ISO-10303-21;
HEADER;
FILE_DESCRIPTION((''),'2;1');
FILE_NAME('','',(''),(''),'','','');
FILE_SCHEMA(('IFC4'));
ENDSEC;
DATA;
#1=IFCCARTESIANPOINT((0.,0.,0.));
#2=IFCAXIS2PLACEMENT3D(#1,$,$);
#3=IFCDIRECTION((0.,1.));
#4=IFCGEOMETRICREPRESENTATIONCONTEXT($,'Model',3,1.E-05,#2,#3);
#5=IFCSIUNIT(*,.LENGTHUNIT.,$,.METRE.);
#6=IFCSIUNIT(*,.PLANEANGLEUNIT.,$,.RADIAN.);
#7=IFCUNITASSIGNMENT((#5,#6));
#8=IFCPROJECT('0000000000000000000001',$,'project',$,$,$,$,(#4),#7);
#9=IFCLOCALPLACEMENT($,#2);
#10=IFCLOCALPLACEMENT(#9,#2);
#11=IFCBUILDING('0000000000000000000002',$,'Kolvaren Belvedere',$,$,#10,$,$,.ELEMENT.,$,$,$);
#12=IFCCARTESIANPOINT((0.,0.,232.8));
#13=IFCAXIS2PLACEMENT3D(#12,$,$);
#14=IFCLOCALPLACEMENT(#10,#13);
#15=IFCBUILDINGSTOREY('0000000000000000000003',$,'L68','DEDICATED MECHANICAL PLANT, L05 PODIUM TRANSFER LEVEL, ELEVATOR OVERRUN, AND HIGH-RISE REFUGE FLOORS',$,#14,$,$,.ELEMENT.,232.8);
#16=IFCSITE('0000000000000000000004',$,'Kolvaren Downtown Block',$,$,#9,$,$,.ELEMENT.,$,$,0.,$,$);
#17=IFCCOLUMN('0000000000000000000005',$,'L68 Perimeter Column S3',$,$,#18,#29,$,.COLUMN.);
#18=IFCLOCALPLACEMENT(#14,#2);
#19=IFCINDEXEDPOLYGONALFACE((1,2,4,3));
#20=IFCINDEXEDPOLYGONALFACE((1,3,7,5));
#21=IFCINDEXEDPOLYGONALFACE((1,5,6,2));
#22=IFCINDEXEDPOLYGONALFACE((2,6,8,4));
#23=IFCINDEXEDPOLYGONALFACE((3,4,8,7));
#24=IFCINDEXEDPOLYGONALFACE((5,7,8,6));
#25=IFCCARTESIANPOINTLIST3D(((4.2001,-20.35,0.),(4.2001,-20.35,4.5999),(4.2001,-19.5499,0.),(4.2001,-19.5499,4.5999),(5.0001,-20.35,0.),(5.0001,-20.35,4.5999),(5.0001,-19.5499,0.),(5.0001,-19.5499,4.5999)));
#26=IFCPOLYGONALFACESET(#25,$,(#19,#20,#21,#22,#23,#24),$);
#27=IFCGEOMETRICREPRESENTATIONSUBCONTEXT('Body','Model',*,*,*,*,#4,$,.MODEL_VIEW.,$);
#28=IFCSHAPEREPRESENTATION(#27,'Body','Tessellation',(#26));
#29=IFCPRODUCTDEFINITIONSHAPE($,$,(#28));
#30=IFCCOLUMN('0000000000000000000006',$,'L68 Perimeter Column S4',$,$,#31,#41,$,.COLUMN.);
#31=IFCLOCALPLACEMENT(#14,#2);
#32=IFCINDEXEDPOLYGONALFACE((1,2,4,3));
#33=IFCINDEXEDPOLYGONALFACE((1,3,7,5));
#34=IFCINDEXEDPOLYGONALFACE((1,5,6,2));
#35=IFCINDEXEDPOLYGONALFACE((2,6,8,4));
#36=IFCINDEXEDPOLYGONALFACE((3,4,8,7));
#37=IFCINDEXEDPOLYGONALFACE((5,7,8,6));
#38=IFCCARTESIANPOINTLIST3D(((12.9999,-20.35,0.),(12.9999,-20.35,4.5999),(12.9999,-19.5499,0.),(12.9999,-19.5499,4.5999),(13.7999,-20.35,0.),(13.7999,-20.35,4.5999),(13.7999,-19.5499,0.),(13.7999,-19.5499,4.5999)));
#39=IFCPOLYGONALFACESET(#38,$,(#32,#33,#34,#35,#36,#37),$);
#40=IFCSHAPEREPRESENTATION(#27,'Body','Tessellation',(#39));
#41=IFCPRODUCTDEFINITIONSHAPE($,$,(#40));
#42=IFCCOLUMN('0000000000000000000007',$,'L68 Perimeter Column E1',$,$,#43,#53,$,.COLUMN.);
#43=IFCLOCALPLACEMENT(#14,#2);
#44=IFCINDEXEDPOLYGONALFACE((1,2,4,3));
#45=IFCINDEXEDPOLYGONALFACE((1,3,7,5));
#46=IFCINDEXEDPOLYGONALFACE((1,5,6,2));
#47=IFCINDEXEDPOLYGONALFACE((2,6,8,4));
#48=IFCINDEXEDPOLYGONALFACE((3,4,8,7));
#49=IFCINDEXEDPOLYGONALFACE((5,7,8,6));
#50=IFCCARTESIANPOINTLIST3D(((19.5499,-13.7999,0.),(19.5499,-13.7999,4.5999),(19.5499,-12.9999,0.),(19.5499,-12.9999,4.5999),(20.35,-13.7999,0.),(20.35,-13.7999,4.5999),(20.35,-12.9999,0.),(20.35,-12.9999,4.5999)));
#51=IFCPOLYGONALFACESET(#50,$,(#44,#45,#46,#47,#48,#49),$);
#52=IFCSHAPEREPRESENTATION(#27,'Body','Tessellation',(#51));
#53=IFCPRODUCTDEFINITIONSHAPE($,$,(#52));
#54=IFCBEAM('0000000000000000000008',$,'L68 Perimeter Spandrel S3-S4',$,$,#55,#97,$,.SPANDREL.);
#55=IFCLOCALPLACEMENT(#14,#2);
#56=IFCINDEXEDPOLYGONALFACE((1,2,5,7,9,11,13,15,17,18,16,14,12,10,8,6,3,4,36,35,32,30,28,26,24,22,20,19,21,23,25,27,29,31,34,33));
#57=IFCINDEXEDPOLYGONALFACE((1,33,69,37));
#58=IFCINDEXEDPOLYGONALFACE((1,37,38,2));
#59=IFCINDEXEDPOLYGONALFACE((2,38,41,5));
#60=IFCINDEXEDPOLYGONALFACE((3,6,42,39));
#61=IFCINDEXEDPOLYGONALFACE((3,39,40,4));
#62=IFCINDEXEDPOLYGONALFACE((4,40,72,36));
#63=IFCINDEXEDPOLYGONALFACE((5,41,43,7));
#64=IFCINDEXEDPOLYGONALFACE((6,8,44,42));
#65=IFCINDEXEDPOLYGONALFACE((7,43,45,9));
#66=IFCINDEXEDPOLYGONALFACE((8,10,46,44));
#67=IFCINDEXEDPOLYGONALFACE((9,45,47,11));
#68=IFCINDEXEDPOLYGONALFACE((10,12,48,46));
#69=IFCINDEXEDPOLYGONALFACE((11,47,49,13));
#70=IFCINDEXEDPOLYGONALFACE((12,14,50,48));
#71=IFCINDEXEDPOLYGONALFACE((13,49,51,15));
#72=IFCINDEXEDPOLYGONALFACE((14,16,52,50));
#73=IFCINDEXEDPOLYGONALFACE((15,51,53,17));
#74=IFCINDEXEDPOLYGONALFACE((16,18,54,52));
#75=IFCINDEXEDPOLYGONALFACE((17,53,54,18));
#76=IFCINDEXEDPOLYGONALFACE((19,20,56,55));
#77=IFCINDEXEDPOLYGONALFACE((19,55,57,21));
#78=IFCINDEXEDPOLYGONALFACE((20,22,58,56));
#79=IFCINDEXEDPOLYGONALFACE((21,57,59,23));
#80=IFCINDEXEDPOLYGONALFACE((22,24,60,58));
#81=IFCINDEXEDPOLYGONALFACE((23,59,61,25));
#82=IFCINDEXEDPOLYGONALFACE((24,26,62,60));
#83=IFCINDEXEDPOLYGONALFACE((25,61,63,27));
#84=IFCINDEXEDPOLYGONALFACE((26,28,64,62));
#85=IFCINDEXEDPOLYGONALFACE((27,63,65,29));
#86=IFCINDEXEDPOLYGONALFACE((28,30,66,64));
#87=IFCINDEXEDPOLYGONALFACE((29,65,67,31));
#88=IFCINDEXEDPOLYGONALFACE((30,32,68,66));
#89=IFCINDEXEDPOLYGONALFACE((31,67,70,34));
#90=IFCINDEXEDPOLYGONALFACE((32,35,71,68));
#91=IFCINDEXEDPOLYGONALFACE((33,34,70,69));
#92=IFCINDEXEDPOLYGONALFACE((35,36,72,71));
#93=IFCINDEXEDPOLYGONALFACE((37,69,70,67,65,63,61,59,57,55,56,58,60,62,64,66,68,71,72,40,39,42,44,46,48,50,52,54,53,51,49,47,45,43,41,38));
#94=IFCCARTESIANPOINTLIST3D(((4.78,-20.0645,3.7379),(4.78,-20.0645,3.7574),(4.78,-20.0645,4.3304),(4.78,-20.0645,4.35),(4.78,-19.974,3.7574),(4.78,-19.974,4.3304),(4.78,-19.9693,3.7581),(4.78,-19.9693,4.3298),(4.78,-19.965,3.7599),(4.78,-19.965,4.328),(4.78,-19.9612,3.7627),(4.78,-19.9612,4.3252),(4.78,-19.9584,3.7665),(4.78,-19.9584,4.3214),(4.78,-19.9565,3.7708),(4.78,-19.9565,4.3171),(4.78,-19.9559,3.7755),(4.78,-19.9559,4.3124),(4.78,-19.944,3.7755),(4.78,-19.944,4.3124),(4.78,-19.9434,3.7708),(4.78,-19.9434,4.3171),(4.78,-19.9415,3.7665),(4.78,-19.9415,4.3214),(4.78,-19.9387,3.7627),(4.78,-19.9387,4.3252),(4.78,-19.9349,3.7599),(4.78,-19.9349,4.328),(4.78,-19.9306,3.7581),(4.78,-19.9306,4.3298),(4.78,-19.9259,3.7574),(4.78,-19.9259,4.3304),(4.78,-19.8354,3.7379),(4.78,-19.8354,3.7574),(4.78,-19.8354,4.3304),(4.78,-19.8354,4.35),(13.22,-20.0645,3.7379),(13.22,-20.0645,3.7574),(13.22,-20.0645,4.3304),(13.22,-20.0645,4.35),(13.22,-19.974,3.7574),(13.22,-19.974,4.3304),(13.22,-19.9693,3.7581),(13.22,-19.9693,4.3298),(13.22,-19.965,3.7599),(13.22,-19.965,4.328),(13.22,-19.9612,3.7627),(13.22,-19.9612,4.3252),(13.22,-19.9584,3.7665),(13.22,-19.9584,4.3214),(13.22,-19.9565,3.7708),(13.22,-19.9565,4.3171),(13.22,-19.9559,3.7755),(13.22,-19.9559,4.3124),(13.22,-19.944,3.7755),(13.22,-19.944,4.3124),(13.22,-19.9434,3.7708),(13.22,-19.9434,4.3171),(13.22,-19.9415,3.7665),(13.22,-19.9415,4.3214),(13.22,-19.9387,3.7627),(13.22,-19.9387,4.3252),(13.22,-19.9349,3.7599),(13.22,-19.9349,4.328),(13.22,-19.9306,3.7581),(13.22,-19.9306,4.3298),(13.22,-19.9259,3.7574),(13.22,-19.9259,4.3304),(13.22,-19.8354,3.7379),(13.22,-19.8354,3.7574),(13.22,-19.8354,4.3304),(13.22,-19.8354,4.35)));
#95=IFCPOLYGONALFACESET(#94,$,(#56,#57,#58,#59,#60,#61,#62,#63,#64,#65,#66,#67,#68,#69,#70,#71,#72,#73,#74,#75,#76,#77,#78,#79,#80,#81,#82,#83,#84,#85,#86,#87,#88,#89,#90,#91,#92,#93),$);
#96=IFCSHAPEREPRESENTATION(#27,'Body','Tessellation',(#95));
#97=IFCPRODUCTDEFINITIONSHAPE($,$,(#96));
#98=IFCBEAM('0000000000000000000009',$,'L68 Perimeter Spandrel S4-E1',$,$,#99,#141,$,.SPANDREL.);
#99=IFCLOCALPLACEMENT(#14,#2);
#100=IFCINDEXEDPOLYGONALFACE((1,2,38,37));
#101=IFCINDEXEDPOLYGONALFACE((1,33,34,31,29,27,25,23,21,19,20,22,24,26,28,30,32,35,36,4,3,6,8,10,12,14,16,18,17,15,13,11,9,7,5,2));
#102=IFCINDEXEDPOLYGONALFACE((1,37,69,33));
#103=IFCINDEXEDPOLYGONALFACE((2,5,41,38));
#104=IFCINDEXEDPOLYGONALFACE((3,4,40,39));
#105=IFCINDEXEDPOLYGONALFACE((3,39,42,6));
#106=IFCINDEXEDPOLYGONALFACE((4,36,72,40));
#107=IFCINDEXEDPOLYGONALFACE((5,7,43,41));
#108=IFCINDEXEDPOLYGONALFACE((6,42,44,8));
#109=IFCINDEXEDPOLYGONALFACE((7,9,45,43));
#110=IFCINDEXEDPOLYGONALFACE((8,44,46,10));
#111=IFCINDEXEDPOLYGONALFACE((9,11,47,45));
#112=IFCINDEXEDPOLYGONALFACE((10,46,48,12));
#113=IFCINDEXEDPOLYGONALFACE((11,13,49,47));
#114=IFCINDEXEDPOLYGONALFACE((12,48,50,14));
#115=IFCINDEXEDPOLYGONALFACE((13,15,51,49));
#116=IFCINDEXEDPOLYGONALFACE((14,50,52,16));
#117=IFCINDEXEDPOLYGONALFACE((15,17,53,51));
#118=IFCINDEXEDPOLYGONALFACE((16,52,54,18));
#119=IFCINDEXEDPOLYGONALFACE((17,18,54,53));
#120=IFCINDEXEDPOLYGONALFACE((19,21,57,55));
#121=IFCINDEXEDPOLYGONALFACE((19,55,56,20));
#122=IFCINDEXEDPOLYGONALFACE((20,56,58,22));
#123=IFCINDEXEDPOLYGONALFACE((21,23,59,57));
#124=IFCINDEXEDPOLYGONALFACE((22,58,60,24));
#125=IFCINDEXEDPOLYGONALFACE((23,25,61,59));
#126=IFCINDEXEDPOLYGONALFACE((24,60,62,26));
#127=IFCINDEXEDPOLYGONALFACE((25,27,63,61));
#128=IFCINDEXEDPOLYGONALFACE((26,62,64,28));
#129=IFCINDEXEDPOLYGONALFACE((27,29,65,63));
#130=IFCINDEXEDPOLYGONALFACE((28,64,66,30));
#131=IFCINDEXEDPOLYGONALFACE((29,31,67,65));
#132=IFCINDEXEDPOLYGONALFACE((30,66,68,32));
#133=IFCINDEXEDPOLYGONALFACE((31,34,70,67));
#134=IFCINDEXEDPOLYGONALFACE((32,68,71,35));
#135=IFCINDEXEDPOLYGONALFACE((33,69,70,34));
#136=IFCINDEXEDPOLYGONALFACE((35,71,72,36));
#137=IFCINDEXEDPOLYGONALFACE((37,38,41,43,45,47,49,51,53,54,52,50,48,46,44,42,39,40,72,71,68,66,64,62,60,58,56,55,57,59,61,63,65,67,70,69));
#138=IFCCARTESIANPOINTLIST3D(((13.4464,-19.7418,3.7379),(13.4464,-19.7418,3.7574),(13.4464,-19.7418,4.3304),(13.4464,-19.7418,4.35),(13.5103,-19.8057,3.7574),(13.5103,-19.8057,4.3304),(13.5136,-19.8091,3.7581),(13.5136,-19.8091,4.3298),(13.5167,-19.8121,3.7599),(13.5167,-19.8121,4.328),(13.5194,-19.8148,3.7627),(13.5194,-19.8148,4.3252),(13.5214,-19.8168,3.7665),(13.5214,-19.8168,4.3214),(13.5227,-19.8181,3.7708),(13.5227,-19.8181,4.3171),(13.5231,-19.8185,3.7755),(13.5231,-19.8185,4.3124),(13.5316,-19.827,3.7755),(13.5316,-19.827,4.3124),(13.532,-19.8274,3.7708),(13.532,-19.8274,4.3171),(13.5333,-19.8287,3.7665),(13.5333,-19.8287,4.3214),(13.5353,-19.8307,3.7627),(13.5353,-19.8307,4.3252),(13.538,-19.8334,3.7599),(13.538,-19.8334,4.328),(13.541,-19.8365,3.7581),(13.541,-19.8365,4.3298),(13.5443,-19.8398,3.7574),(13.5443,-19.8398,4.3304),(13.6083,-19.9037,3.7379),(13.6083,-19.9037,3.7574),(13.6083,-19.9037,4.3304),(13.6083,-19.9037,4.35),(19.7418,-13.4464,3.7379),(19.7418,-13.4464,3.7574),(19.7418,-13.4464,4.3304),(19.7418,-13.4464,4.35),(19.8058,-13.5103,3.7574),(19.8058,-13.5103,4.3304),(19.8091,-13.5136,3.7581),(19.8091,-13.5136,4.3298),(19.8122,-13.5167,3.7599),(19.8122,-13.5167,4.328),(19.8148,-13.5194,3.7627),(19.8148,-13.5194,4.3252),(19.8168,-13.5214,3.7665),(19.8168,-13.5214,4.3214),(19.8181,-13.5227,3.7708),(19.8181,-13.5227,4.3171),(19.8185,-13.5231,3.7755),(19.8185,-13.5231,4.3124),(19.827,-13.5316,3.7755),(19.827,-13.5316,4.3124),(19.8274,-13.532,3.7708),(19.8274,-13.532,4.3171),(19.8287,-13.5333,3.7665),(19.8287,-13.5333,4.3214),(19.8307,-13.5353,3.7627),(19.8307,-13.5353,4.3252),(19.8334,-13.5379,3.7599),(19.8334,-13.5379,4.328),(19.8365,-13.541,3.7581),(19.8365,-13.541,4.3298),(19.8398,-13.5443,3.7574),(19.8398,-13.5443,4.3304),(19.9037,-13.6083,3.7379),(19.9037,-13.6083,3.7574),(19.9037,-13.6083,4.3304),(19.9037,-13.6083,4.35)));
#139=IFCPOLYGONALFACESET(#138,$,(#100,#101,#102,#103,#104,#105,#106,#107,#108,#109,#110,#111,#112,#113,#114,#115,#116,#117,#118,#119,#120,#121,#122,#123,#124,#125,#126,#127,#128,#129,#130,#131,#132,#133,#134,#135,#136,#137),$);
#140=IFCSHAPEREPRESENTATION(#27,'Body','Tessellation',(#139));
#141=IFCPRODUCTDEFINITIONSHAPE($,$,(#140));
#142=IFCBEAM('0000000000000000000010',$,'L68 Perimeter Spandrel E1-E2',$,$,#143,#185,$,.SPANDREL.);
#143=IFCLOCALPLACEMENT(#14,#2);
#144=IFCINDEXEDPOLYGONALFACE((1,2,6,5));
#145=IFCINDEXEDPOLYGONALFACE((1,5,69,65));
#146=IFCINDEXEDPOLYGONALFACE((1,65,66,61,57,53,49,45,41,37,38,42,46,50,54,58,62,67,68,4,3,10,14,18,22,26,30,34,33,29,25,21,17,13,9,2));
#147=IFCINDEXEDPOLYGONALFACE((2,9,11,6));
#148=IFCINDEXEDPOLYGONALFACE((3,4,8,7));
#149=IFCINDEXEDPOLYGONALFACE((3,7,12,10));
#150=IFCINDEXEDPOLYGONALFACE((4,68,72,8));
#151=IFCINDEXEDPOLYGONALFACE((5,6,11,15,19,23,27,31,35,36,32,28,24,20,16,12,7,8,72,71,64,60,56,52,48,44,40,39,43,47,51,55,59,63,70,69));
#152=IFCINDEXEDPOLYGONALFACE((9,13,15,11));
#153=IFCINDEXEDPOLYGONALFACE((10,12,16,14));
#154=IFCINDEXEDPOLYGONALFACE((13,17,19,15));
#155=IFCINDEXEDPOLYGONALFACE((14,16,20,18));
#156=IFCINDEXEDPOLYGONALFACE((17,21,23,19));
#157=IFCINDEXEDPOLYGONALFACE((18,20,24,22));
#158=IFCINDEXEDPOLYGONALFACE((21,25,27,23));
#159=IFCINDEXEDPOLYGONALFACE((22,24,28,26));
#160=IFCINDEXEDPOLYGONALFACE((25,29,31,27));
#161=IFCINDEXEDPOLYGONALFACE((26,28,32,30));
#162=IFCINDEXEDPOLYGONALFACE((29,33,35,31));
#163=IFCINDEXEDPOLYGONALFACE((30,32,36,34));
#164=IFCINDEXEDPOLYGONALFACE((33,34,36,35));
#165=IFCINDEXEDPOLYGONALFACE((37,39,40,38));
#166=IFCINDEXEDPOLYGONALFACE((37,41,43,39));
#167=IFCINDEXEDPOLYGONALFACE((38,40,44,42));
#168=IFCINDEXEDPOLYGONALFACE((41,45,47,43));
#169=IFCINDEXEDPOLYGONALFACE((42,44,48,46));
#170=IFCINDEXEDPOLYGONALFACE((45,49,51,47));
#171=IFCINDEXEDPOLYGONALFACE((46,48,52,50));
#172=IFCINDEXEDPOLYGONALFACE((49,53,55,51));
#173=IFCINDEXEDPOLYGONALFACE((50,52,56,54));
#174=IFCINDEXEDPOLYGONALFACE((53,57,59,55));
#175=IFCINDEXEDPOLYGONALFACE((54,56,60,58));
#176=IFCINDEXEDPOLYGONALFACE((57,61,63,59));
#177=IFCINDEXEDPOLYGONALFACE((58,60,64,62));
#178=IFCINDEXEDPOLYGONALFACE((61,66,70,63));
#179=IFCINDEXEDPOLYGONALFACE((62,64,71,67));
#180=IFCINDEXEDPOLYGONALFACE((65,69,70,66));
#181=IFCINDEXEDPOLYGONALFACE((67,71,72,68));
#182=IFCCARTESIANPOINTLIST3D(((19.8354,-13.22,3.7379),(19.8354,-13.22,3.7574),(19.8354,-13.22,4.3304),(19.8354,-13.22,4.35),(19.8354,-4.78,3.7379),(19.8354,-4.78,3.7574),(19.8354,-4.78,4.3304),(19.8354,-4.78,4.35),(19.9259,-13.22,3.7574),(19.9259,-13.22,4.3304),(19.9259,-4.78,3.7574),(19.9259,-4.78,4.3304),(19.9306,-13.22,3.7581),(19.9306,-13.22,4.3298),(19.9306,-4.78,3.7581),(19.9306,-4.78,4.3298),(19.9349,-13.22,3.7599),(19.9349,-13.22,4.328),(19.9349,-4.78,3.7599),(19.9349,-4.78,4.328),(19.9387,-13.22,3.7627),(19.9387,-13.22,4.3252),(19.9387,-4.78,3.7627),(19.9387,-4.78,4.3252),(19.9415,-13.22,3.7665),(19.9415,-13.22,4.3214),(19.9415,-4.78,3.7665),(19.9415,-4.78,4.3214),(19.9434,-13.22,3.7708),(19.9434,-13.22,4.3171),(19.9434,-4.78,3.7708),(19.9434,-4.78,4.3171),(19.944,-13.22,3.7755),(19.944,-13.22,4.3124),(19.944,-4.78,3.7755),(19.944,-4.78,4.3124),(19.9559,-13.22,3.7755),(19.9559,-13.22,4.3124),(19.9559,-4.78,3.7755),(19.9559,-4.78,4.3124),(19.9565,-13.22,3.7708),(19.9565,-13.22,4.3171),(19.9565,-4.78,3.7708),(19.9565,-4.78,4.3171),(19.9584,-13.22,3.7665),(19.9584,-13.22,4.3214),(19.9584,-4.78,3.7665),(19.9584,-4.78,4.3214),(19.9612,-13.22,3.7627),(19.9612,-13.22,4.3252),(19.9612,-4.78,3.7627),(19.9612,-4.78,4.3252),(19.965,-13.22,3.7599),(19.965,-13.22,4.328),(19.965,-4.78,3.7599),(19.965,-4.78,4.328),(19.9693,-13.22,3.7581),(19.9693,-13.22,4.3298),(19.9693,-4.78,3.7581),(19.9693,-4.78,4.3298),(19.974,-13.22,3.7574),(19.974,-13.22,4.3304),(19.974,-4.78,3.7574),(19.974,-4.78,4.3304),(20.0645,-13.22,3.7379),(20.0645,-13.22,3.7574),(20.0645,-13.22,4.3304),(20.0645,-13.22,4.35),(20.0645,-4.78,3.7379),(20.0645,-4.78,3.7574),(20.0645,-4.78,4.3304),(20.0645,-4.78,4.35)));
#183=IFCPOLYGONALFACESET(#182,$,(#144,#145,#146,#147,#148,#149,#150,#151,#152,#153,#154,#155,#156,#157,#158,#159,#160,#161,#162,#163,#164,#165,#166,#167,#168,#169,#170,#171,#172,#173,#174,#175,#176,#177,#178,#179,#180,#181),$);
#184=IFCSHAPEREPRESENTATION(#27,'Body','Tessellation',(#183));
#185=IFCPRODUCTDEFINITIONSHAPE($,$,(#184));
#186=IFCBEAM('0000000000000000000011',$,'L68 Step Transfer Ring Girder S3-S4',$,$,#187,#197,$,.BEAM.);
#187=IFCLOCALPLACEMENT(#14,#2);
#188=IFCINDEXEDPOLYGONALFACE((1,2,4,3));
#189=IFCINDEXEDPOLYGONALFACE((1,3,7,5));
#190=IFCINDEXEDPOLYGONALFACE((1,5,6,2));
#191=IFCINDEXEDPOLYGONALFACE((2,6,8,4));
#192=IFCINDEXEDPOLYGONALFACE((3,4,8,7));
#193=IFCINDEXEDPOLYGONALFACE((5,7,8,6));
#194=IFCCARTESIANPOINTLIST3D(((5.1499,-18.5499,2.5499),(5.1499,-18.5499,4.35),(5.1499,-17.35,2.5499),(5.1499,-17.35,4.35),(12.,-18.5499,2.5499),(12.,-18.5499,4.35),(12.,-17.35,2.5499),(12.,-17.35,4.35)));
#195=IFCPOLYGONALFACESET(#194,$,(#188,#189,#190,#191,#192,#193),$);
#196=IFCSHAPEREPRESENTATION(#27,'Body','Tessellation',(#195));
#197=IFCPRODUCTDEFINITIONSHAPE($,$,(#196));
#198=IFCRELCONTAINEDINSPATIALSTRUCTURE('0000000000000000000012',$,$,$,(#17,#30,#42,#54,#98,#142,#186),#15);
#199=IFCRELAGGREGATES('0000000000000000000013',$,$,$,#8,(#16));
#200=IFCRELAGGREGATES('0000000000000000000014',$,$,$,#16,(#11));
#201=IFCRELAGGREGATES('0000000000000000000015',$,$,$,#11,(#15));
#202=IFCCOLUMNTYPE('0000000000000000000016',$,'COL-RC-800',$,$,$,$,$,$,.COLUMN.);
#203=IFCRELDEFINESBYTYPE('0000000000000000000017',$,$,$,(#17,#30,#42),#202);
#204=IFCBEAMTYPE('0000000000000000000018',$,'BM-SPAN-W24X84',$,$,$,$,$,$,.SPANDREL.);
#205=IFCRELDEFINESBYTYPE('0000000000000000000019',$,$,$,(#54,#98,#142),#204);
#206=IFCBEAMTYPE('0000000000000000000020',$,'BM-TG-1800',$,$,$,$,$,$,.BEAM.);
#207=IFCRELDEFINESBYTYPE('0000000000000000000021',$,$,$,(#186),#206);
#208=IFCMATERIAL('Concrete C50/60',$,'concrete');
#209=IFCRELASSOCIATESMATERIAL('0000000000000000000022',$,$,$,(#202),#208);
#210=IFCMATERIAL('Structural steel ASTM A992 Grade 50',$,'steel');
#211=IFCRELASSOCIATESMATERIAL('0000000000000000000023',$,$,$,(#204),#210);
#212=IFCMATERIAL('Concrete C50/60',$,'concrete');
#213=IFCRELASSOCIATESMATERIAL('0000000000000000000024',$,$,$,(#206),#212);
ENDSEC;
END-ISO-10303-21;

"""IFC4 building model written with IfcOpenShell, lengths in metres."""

from ifc_helpers import new_model, si_unit, direction, frame, origin, origin_2d, place, context, subcontext, project, spatial, rectangle, i_section, extrude, material, material_profile, profile_set, type_object, element, save


model = new_model("IFC4")

# Units and contexts
model_context = context("Model", 3, precision=1e-05, world=origin(), true_north=direction((0.0, 1.0)))
body_context = subcontext(model_context, "Body", "Model", "MODEL_VIEW")
ifc_project = project(units=[si_unit("LENGTHUNIT", "METRE"), si_unit("PLANEANGLEUNIT", "RADIAN")], contexts=[model_context])

# Site, building, storey
site_placement = place(None, origin())
site = spatial("IfcSite", under=ifc_project, at=site_placement, Name="Kolvaren Downtown Block", CompositionType="ELEMENT", RefElevation=0.0)
building_placement = place(site_placement, origin())
building = spatial("IfcBuilding", under=site, at=building_placement, Name="Kolvaren Belvedere", CompositionType="ELEMENT")
storey_placement = place(building_placement, frame((0.0, 0.0, 232.8)))
storey = spatial("IfcBuildingStorey", under=building, at=storey_placement, Name="L68", Description="DEDICATED MECHANICAL PLANT, L05 PODIUM TRANSFER LEVEL, ELEVATOR OVERRUN, AND HIGH-RISE REFUGE FLOORS", CompositionType="ELEMENT", Elevation=232.8)

# Columns
ifc_material_1 = material(Name="Concrete C50/60", Category="concrete")
ifc_material_profile_1 = material_profile(ifc_material_1, rectangle(XDim=0.8, YDim=0.8, at=origin_2d()), Name="RC 800X800")
ifc_profile_set_1 = profile_set([ifc_material_profile_1], Name="Concrete C50/60")
column_type = type_object("IfcColumnType", Name="COL-RC-800", PredefinedType="COLUMN", material=ifc_profile_set_1)
for number, where, z_axis, x_axis, name in (
    (1, (4.6001, -19.95, 0.0), (0.0, 0.0, 1.0), (1.0, 0.0, 0.0), "L68 Perimeter Column S3"),
    (2, (13.3999, -19.95, 0.0), (0.0, 0.0, 1.0), (1.0, 0.0, 0.0), "L68 Perimeter Column S4"),
    (3, (19.95, -13.3999, 0.0), (0.0, 0.0, 1.0), (1.0, 0.0, 0.0), "L68 Perimeter Column E1"),
):
    element("IfcColumn", number, at=place(storey_placement, frame(where, z_axis=z_axis, x_axis=x_axis)), inside=storey, type_object=column_type, Name=name, PredefinedType="COLUMN", context=body_context, shape_type="SweptSolid", body=[
        extrude(rectangle(XDim=0.8, YDim=0.8, at=origin_2d()), origin(), (0.0, 0.0, 1.0), 4.5999),
    ])

# Beams
ifc_material_2 = material(Name="Structural steel ASTM A992 Grade 50", Category="steel")
ifc_material_profile_2 = material_profile(ifc_material_2, i_section(OverallWidth=0.229, OverallDepth=0.6121, WebThickness=0.012, FlangeThickness=0.0195, FilletRadius=0.0181, at=origin_2d()), Name="W24X84")
ifc_profile_set_2 = profile_set([ifc_material_profile_2], Name="Structural steel ASTM A992 Grade 50")
beam_type_1 = type_object("IfcBeamType", Name="BM-SPAN-W24X84", PredefinedType="SPANDREL", material=ifc_profile_set_2)
beam_1_placement = place(storey_placement, frame((4.78, -19.95, 4.0439), z_axis=(1.0, 0.0, 0.0), x_axis=(0.0, 1.0, 0.0)))
element("IfcBeam", 4, at=beam_1_placement, inside=storey, type_object=beam_type_1, Name="L68 Perimeter Spandrel S3-S4", PredefinedType="SPANDREL", context=body_context, shape_type="SweptSolid", body=[
    extrude(i_section(OverallWidth=0.229, OverallDepth=0.6121, WebThickness=0.012, FlangeThickness=0.0195, FilletRadius=0.0181, at=origin_2d()), origin(), (0.0, 0.0, 1.0), 8.4399),
])
beam_2_placement = place(storey_placement, frame((13.5273, -19.8228, 4.0439), z_axis=(0.707107, 0.707107, 0.0), x_axis=(-0.707107, 0.707107, 0.0)))
element("IfcBeam", 5, at=beam_2_placement, inside=storey, type_object=beam_type_1, Name="L68 Perimeter Spandrel S4-E1", PredefinedType="SPANDREL", context=body_context, shape_type="SweptSolid", body=[
    extrude(i_section(OverallWidth=0.229, OverallDepth=0.6121, WebThickness=0.012, FlangeThickness=0.0195, FilletRadius=0.0181, at=origin_2d()), origin(), (0.0, 0.0, 1.0), 8.9031),
])
beam_3_placement = place(storey_placement, frame((19.95, -13.22, 4.0439), z_axis=(0.0, 1.0, 0.0), x_axis=(-1.0, 0.0, 0.0)))
element("IfcBeam", 6, at=beam_3_placement, inside=storey, type_object=beam_type_1, Name="L68 Perimeter Spandrel E1-E2", PredefinedType="SPANDREL", context=body_context, shape_type="SweptSolid", body=[
    extrude(i_section(OverallWidth=0.229, OverallDepth=0.6121, WebThickness=0.012, FlangeThickness=0.0195, FilletRadius=0.0181, at=origin_2d()), origin(), (0.0, 0.0, 1.0), 8.4399),
])
ifc_material_3 = material(Name="Concrete C50/60", Category="concrete")
ifc_material_profile_3 = material_profile(ifc_material_3, rectangle(XDim=1.2, YDim=1.8, at=origin_2d()), Name="RC 1200X1800")
ifc_profile_set_3 = profile_set([ifc_material_profile_3], Name="Concrete C50/60")
beam_type_2 = type_object("IfcBeamType", Name="BM-TG-1800", PredefinedType="BEAM", material=ifc_profile_set_3)
beam_4_placement = place(storey_placement, frame((5.1499, -17.95, 3.45), z_axis=(1.0, 0.0, 0.0), x_axis=(0.0, 1.0, 0.0)))
element("IfcBeam", 7, at=beam_4_placement, inside=storey, type_object=beam_type_2, Name="L68 Step Transfer Ring Girder S3-S4", PredefinedType="BEAM", context=body_context, shape_type="SweptSolid", body=[
    extrude(rectangle(XDim=1.2, YDim=1.8, at=origin_2d()), origin(), (0.0, 0.0, 1.0), 6.8501),
])

save(model, "model.ifc")
